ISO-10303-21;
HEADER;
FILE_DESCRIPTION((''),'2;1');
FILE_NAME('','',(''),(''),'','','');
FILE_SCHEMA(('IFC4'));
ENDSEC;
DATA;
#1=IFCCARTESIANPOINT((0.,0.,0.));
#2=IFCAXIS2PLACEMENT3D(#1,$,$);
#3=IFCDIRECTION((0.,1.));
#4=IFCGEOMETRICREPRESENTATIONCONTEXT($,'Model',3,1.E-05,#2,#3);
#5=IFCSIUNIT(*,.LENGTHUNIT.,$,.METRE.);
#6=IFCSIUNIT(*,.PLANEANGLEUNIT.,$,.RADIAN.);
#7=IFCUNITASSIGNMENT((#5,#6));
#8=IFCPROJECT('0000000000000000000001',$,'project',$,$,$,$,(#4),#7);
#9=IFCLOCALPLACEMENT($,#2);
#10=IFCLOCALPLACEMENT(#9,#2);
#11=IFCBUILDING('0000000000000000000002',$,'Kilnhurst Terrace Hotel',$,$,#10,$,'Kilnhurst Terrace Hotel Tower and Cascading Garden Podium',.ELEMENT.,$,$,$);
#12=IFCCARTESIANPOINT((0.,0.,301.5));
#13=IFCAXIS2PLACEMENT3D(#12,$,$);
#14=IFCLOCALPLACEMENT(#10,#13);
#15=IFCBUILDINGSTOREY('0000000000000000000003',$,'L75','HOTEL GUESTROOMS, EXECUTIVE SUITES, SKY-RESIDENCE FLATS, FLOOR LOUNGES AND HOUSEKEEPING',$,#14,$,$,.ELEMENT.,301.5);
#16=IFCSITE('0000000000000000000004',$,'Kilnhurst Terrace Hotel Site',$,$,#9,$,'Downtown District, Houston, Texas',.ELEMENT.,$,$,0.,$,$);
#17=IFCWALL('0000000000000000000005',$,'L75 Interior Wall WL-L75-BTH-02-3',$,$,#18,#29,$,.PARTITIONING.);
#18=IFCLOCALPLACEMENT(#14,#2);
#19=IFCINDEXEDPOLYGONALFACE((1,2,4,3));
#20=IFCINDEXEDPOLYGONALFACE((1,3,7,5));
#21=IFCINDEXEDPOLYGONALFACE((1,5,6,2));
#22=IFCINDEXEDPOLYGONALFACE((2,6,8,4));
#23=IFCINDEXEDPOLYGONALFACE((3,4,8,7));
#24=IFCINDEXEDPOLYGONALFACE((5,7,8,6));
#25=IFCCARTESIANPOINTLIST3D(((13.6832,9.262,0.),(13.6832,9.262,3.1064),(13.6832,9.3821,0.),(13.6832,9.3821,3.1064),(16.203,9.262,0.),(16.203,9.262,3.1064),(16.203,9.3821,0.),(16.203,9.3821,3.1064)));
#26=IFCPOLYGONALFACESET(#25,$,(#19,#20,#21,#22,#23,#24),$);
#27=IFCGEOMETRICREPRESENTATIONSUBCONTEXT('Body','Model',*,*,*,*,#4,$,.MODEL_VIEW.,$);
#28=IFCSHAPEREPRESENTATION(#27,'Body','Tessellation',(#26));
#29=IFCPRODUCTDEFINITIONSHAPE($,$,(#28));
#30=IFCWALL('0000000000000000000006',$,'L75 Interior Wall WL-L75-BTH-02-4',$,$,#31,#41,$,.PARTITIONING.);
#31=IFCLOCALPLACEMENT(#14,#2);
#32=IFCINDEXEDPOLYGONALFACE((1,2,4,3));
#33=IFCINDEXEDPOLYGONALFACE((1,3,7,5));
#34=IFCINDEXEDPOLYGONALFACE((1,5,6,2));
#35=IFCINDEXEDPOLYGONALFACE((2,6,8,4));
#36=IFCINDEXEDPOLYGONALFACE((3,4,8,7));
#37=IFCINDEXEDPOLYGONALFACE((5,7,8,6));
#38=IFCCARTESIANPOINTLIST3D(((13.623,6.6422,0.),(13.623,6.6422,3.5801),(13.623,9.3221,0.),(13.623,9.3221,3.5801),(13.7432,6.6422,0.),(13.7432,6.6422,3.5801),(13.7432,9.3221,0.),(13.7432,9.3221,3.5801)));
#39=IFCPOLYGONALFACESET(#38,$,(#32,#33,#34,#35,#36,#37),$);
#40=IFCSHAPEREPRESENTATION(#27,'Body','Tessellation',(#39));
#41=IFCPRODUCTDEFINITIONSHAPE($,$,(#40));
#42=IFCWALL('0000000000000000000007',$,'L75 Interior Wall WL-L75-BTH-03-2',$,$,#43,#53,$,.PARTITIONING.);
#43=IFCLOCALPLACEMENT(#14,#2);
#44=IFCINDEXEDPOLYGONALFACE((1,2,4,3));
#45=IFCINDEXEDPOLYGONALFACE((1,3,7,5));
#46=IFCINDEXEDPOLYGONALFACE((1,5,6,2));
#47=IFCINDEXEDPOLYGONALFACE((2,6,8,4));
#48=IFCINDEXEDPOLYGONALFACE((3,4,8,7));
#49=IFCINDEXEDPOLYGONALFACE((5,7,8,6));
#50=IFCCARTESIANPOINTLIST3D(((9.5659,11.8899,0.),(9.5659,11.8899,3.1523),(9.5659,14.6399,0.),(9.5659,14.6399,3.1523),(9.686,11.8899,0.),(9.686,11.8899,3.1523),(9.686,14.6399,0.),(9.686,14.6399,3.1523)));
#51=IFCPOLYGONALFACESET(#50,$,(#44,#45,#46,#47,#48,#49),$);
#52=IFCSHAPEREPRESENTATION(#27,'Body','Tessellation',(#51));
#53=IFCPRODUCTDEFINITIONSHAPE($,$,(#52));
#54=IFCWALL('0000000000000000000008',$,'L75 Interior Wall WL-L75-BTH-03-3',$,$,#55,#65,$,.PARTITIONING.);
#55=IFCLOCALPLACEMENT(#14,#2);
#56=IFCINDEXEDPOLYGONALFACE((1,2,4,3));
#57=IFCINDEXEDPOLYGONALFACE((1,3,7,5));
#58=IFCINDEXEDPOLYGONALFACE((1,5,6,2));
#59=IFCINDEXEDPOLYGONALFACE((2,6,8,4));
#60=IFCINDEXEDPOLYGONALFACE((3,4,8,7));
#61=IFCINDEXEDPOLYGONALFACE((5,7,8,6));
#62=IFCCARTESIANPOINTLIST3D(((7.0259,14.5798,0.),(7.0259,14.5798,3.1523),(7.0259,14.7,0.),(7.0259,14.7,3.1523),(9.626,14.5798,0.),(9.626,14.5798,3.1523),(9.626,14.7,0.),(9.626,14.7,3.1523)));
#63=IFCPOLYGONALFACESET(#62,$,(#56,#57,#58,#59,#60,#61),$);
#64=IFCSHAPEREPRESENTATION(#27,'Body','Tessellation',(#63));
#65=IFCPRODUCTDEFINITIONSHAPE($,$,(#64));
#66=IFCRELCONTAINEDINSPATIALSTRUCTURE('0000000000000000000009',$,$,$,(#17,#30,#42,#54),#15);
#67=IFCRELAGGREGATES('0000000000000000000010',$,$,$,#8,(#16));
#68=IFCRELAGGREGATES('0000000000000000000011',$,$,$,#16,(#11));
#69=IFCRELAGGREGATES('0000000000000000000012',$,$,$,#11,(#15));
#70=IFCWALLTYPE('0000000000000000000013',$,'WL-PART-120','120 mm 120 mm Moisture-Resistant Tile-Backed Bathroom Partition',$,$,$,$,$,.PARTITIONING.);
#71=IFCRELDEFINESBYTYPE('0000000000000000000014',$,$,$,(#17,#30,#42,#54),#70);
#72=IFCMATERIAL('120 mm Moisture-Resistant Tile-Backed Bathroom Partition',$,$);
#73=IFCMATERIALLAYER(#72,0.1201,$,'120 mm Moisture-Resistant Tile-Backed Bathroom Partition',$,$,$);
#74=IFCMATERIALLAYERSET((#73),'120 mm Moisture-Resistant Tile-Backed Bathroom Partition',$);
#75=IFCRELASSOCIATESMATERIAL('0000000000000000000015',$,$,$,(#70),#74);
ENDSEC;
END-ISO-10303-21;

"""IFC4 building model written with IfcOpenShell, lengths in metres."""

from ifc_helpers import new_model, si_unit, direction, frame, frame_2d, origin, place, context, subcontext, project, spatial, rectangle, extrude, material, layer, layer_set, type_object, element, save


model = new_model("IFC4")

# Units and contexts
model_context = context("Model", 3, precision=1e-05, world=origin(), true_north=direction((0.0, 1.0)))
body_context = subcontext(model_context, "Body", "Model", "MODEL_VIEW")
ifc_project = project(units=[si_unit("LENGTHUNIT", "METRE"), si_unit("PLANEANGLEUNIT", "RADIAN")], contexts=[model_context])

# Site, building, storey
site_placement = place(None, origin())
site = spatial("IfcSite", under=ifc_project, at=site_placement, Name="Kilnhurst Terrace Hotel Site", LongName="Downtown District, Houston, Texas", CompositionType="ELEMENT", RefElevation=0.0)
building_placement = place(site_placement, origin())
building = spatial("IfcBuilding", under=site, at=building_placement, Name="Kilnhurst Terrace Hotel", LongName="Kilnhurst Terrace Hotel Tower and Cascading Garden Podium", CompositionType="ELEMENT")
storey_placement = place(building_placement, frame((0.0, 0.0, 301.5)))
storey = spatial("IfcBuildingStorey", under=building, at=storey_placement, Name="L75", Description="HOTEL GUESTROOMS, EXECUTIVE SUITES, SKY-RESIDENCE FLATS, FLOOR LOUNGES AND HOUSEKEEPING", CompositionType="ELEMENT", Elevation=301.5)

# Walls
ifc_material_1 = material(Name="120 mm Moisture-Resistant Tile-Backed Bathroom Partition")
ifc_layer_1 = layer(ifc_material_1, 0.1201, Name="120 mm Moisture-Resistant Tile-Backed Bathroom Partition")
ifc_layer_set_1 = layer_set([ifc_layer_1], Name="120 mm Moisture-Resistant Tile-Backed Bathroom Partition")
wall_type_1 = type_object("IfcWallType", Name="WL-PART-120", Description="120 mm 120 mm Moisture-Resistant Tile-Backed Bathroom Partition", PredefinedType="PARTITIONING", material=ifc_layer_set_1)
wall_1_placement = place(storey_placement, frame((16.2029, 9.322, 0.0), z_axis=(0.0, 0.0, 1.0), x_axis=(-1.0, 0.0, 0.0)))
element("IfcWall", 1, at=wall_1_placement, inside=storey, type_object=wall_type_1, Name="L75 Interior Wall WL-L75-BTH-02-3", PredefinedType="PARTITIONING", context=body_context, shape_type="SweptSolid", body=[
    extrude(rectangle(XDim=2.5198, YDim=0.1201, at=frame_2d((1.2598, 0.0))), origin(), (0.0, 0.0, 1.0), 3.1064),
])
wall_2_placement = place(storey_placement, frame((13.6831, 9.322, 0.0), z_axis=(0.0, 0.0, 1.0), x_axis=(0.0, -1.0, 0.0)))
element("IfcWall", 2, at=wall_2_placement, inside=storey, type_object=wall_type_1, Name="L75 Interior Wall WL-L75-BTH-02-4", PredefinedType="PARTITIONING", context=body_context, shape_type="SweptSolid", body=[
    extrude(rectangle(XDim=2.6799, YDim=0.1201, at=frame_2d((1.3398, 0.0))), origin(), (0.0, 0.0, 1.0), 3.5801),
])
wall_3_placement = place(storey_placement, frame((9.626, 11.8899, 0.0), z_axis=(0.0, 0.0, 1.0), x_axis=(0.0, 1.0, 0.0)))
element("IfcWall", 3, at=wall_3_placement, inside=storey, type_object=wall_type_1, Name="L75 Interior Wall WL-L75-BTH-03-2", PredefinedType="PARTITIONING", context=body_context, shape_type="SweptSolid", body=[
    extrude(rectangle(XDim=2.75, YDim=0.1201, at=frame_2d((1.375, 0.0))), origin(), (0.0, 0.0, 1.0), 3.1523),
])
wall_4_placement = place(storey_placement, frame((9.626, 14.6399, 0.0), z_axis=(0.0, 0.0, 1.0), x_axis=(-1.0, 0.0, 0.0)))
element("IfcWall", 4, at=wall_4_placement, inside=storey, type_object=wall_type_1, Name="L75 Interior Wall WL-L75-BTH-03-3", PredefinedType="PARTITIONING", context=body_context, shape_type="SweptSolid", body=[
    extrude(rectangle(XDim=2.6001, YDim=0.1201, at=frame_2d((1.3, 0.0))), origin(), (0.0, 0.0, 1.0), 3.1523),
])

save(model, "model.ifc")
